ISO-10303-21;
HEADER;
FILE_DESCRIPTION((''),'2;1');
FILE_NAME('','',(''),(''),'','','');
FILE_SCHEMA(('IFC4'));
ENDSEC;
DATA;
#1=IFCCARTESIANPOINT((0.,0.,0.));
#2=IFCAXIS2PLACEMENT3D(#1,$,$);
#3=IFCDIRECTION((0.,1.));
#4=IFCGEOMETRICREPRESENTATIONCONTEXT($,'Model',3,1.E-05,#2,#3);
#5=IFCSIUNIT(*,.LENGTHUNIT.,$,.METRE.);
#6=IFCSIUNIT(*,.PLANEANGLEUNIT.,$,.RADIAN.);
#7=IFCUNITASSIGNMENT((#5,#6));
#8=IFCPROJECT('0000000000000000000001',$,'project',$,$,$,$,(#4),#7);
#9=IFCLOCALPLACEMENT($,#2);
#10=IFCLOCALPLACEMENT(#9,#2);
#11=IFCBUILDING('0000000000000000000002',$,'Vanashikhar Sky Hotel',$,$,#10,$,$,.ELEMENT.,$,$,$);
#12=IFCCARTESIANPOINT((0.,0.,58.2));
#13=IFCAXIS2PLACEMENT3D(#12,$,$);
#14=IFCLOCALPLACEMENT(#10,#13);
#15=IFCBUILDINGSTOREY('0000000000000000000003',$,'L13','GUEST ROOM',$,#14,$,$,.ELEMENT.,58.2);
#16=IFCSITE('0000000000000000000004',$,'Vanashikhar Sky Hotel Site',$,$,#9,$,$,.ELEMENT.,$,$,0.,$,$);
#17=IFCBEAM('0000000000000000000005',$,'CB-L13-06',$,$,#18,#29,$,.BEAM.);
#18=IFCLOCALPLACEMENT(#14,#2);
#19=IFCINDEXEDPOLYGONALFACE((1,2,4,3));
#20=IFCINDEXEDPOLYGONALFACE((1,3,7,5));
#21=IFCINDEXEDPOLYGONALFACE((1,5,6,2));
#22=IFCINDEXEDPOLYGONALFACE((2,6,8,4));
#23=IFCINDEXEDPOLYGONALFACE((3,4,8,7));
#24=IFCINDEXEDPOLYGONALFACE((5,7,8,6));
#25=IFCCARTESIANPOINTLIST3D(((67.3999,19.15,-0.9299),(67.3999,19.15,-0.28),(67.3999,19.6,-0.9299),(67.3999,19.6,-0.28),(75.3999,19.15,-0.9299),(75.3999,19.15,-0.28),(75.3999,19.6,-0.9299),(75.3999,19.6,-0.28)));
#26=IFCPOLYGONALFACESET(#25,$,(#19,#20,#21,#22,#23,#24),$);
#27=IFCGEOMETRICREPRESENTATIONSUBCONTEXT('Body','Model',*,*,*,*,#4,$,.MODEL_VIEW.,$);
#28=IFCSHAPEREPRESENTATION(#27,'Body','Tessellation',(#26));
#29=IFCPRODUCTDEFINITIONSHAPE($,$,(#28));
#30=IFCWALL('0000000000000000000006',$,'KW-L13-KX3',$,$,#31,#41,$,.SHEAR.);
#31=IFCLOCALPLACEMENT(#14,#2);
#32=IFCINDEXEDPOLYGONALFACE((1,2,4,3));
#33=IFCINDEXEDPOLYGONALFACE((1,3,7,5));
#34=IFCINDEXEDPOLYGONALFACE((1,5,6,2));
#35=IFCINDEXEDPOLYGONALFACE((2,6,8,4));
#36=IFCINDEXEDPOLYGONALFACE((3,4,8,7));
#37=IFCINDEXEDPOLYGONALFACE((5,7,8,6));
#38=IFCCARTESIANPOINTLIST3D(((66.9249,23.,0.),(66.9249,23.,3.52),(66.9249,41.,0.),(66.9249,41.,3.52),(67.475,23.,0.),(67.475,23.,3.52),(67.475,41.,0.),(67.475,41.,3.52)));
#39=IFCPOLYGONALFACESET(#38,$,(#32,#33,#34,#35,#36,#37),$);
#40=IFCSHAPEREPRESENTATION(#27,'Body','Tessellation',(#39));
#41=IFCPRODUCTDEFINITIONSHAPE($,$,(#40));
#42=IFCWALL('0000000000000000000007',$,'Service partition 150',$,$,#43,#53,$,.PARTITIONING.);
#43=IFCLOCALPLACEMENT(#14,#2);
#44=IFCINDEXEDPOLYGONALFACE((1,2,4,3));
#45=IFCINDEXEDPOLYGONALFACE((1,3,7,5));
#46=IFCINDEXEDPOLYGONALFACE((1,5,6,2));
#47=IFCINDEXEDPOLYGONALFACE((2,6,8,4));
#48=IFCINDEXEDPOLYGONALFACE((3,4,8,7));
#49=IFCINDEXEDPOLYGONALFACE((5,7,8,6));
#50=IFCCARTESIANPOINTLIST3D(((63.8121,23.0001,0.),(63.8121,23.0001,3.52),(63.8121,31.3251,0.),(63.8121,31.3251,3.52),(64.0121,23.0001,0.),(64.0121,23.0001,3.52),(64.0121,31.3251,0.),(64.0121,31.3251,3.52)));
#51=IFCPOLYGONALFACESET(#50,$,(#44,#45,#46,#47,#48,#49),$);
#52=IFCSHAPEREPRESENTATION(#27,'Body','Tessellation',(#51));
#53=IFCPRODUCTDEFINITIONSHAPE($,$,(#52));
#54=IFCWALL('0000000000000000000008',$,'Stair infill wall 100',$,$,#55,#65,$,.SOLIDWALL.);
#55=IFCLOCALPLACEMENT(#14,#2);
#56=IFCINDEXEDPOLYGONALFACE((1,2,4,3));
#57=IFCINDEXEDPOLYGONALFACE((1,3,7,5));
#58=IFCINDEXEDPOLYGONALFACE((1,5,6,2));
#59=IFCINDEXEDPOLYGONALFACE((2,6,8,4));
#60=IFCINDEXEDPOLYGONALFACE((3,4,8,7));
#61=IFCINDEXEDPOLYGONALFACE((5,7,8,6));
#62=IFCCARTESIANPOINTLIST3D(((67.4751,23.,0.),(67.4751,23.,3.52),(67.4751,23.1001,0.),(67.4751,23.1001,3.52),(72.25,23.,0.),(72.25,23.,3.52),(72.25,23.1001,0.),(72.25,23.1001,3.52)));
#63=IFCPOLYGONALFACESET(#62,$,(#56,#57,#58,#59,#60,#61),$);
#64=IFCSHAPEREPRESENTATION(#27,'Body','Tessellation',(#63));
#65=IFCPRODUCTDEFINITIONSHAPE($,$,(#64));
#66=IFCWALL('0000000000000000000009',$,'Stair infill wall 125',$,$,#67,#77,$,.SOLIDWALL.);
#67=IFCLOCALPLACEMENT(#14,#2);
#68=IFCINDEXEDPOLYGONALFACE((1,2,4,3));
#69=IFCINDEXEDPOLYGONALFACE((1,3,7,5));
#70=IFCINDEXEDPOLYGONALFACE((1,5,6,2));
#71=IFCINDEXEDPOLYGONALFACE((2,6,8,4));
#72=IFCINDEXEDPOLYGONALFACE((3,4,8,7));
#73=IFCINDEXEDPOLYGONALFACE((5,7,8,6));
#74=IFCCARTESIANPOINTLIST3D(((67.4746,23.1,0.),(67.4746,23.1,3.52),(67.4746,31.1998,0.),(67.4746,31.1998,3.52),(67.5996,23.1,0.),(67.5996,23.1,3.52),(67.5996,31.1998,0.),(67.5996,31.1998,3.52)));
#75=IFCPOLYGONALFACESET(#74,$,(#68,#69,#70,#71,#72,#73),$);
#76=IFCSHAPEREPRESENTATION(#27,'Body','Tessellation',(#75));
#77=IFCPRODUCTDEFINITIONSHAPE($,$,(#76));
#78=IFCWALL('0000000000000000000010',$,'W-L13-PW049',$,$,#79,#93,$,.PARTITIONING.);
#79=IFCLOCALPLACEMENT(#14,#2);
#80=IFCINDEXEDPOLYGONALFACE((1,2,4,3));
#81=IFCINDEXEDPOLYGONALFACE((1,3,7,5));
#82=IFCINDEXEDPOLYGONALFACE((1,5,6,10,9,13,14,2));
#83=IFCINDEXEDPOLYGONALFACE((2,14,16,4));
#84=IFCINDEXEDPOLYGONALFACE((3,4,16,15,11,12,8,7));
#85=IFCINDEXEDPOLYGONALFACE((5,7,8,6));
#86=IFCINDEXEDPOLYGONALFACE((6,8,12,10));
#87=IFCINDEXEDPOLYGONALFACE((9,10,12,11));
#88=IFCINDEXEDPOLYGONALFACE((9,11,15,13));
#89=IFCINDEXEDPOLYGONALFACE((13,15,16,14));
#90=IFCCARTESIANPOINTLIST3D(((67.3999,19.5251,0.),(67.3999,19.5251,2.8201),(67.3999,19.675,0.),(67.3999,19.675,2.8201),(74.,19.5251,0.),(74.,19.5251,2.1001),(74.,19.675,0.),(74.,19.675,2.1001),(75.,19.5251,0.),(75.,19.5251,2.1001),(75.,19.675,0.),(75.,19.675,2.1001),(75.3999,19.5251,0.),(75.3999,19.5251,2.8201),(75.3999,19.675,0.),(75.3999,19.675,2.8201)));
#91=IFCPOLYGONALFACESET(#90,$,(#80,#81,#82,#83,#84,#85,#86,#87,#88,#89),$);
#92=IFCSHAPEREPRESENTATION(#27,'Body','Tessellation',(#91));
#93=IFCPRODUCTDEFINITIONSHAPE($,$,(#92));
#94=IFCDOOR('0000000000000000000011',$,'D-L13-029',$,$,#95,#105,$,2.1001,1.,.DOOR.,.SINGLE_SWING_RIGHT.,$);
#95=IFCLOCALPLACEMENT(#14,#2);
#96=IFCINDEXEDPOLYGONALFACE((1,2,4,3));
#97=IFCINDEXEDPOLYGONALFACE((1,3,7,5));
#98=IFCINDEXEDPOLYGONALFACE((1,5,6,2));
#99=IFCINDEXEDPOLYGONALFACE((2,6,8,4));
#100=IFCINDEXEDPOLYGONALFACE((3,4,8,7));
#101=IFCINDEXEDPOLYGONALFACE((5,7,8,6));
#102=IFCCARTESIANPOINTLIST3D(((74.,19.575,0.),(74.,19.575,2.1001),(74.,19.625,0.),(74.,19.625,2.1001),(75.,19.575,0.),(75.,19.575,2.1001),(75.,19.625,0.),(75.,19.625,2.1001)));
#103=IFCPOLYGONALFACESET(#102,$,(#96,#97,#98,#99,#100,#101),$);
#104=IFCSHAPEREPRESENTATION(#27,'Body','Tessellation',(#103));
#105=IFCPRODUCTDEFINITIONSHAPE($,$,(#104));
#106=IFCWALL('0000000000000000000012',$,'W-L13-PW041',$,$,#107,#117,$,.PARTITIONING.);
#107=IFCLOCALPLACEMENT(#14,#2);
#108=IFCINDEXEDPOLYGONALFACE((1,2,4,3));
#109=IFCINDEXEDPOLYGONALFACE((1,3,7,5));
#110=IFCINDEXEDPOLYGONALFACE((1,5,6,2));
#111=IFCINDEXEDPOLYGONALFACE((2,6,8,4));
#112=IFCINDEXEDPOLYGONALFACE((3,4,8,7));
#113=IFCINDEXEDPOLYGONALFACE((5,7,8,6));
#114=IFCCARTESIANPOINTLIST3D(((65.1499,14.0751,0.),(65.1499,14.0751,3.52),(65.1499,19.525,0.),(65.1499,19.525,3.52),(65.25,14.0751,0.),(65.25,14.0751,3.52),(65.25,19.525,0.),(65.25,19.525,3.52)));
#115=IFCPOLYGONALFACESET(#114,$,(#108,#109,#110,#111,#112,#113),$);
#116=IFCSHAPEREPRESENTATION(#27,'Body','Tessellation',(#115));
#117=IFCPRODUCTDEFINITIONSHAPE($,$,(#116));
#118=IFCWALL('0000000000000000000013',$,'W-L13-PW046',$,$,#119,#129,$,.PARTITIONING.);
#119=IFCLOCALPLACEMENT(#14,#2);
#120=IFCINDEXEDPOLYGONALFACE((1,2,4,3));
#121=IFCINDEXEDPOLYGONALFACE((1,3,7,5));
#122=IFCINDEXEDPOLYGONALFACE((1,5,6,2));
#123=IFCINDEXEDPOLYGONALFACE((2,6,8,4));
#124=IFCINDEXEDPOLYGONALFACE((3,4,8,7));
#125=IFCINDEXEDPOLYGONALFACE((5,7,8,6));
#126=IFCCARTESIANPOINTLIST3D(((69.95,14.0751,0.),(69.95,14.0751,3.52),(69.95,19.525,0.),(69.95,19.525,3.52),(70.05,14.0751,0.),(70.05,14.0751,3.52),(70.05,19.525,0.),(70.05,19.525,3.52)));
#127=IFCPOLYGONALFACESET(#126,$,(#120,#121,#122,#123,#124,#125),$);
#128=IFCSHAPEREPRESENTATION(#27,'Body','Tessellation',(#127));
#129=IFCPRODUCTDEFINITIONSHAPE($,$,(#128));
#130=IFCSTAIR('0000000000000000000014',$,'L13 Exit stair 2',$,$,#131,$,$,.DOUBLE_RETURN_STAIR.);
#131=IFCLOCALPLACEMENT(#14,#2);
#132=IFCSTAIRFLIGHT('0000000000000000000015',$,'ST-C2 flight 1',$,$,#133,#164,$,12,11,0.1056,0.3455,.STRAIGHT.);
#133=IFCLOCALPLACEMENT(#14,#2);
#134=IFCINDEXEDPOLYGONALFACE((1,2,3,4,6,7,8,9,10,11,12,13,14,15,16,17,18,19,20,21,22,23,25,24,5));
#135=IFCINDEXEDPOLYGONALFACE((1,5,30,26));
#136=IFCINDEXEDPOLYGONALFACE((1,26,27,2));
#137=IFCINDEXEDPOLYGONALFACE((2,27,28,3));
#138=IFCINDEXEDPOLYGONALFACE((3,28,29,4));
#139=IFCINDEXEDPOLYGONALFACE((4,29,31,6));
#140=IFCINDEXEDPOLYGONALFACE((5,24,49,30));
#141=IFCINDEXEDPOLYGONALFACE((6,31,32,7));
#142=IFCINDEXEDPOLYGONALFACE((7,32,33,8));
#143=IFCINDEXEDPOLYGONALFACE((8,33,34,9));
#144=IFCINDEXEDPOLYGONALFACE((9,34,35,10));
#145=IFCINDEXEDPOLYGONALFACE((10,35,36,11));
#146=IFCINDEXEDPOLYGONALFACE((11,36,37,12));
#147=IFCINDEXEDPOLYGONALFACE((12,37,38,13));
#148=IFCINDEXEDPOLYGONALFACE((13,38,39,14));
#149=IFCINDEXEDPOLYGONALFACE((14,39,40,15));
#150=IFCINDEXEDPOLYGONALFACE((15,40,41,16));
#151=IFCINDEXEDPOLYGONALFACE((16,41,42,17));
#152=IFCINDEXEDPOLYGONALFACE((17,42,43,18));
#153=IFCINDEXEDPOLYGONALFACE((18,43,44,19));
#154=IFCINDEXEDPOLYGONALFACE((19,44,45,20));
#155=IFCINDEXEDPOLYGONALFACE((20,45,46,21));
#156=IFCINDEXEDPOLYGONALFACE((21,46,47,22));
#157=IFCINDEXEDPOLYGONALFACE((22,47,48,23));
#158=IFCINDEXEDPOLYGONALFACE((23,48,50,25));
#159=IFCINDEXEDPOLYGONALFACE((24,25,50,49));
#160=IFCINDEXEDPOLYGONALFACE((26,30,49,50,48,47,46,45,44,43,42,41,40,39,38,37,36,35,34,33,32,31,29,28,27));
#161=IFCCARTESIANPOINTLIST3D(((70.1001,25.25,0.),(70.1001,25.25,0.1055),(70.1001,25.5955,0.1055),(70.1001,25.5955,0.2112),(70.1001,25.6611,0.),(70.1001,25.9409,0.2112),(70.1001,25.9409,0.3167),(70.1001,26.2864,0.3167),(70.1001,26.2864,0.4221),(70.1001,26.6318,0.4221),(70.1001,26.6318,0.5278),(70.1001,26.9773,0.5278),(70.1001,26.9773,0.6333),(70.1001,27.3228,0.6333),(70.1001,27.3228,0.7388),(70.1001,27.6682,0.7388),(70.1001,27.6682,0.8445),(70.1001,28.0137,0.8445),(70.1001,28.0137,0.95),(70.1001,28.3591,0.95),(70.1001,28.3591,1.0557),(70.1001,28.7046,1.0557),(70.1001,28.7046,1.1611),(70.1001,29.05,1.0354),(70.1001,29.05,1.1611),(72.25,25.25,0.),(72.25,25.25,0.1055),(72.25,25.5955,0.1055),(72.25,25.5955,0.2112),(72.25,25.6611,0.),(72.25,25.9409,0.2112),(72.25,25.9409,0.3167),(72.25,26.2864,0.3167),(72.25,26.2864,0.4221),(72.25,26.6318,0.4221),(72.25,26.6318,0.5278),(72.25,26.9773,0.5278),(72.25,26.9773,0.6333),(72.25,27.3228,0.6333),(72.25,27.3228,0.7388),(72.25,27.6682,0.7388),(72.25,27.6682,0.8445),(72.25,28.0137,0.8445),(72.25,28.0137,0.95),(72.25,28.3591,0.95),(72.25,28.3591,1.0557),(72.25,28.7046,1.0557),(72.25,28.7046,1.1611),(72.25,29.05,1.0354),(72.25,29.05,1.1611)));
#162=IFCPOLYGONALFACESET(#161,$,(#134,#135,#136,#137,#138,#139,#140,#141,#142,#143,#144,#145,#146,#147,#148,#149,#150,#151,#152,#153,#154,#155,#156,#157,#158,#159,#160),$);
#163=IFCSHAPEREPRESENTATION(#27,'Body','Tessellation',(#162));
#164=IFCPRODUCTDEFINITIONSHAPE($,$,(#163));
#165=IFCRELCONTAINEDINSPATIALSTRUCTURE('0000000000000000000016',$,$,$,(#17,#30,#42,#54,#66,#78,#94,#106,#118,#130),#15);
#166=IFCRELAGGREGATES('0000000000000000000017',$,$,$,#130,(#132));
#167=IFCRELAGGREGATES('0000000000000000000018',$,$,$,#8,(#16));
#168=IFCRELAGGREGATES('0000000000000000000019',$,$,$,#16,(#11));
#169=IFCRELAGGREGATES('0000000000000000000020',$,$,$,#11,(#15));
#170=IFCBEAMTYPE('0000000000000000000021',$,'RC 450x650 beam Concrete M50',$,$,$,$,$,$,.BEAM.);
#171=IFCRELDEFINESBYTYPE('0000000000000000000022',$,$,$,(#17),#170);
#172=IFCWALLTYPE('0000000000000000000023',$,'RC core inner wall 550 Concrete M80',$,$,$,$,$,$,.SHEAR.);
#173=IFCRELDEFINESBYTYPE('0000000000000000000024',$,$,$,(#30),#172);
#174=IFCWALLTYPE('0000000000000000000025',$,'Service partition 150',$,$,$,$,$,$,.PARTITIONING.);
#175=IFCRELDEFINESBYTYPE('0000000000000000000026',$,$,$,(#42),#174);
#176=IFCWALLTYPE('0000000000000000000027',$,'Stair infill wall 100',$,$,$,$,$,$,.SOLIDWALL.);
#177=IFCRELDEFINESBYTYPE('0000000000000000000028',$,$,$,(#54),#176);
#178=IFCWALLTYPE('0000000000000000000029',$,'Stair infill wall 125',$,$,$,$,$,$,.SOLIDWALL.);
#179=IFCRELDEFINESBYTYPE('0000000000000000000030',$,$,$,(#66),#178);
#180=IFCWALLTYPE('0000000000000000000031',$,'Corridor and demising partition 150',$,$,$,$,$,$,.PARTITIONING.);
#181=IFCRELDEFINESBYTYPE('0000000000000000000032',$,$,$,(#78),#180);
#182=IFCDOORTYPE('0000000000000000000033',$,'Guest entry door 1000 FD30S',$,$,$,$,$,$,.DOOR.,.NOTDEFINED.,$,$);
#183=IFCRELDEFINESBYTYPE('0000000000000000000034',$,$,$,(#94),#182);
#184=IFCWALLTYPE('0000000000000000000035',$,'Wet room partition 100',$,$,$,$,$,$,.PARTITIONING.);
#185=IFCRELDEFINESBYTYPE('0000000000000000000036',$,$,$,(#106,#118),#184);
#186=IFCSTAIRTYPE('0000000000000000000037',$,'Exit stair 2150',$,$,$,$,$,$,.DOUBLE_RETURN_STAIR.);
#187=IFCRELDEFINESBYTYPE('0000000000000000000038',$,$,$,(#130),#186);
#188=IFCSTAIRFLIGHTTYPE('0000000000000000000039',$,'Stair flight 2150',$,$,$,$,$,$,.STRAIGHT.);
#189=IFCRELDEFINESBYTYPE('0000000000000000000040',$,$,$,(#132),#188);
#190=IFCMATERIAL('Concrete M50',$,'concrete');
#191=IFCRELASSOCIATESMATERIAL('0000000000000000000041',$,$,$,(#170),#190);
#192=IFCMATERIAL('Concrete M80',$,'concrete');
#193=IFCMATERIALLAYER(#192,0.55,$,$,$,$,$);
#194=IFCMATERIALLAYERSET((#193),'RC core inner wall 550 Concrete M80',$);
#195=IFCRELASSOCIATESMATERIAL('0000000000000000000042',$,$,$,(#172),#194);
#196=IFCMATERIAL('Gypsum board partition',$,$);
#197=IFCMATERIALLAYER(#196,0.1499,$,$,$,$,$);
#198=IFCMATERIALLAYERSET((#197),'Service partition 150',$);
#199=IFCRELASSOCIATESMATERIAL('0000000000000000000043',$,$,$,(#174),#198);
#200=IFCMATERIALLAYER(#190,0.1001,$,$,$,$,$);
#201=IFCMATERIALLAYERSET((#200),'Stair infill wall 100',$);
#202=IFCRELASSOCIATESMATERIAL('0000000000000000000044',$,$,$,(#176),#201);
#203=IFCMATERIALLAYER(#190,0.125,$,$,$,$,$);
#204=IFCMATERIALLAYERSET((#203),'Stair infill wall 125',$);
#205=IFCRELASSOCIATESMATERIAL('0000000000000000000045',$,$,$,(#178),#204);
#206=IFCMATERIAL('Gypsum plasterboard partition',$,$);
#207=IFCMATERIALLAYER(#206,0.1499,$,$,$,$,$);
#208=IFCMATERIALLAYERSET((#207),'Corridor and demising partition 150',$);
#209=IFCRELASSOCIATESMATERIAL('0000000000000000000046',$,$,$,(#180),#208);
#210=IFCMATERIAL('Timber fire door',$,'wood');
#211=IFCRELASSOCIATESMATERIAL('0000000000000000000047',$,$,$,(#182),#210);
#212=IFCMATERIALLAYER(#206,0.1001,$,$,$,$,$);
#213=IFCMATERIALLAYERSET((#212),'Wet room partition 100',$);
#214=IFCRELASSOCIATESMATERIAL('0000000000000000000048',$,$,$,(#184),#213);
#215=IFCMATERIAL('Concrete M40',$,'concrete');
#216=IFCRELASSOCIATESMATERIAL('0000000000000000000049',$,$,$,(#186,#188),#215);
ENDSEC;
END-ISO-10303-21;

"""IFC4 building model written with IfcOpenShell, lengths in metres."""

from ifc_helpers import new_model, si_unit, direction, frame, frame_2d, origin, origin_2d, place, context, subcontext, project, spatial, polyline, rectangle, outline, extrude, source, transform, mapped, material, layer, layer_set, material_profile, profile_set, type_object, element, fill, aggregate, save


model = new_model("IFC4")

# Units and contexts
model_context = context("Model", 3, precision=1e-05, world=origin(), true_north=direction((0.0, 1.0)))
body_context = subcontext(model_context, "Body", "Model", "MODEL_VIEW")
ifc_project = project(units=[si_unit("LENGTHUNIT", "METRE"), si_unit("PLANEANGLEUNIT", "RADIAN")], contexts=[model_context])

# Site, building, storey
site_placement = place(None, origin())
site = spatial("IfcSite", under=ifc_project, at=site_placement, Name="Vanashikhar Sky Hotel Site", CompositionType="ELEMENT", RefElevation=0.0)
building_placement = place(site_placement, origin())
building = spatial("IfcBuilding", under=site, at=building_placement, Name="Vanashikhar Sky Hotel", CompositionType="ELEMENT")
storey_placement = place(building_placement, frame((0.0, 0.0, 58.2)))
storey = spatial("IfcBuildingStorey", under=building, at=storey_placement, Name="L13", Description="GUEST ROOM", CompositionType="ELEMENT", Elevation=58.2)

# Beam
ifc_material_1 = material(Name="Concrete M50", Category="concrete")
ifc_material_profile = material_profile(ifc_material_1, rectangle(XDim=0.45, YDim=0.6499, at=origin_2d()))
ifc_profile_set = profile_set([ifc_material_profile], Name="RC 450x650 beam Concrete M50")
beam_type = type_object("IfcBeamType", Name="RC 450x650 beam Concrete M50", PredefinedType="BEAM", material=ifc_profile_set)
shared_shape_1 = source(origin(), body_context, "Body", "SweptSolid", [
    extrude(rectangle(XDim=0.45, YDim=0.6499, at=origin_2d()), origin(), (0.0, 0.0, 1.0), 8.0),
])
beam_placement = place(storey_placement, frame((67.3999, 19.375, -0.605), z_axis=(1.0, 0.0, 0.0), x_axis=(0.0, 1.0, 0.0)))
element("IfcBeam", 1, at=beam_placement, inside=storey, type_object=beam_type, Name="CB-L13-06", PredefinedType="BEAM", context=body_context, shape_type="MappedRepresentation", body=[
    mapped(shared_shape_1, transform((0.0, 0.0, 0.0), scale=1.0)),
])

# Walls
ifc_material_2 = material(Name="Concrete M80", Category="concrete")
ifc_layer_1 = layer(ifc_material_2, 0.55)
ifc_layer_set_1 = layer_set([ifc_layer_1], Name="RC core inner wall 550 Concrete M80")
wall_type_1 = type_object("IfcWallType", Name="RC core inner wall 550 Concrete M80", PredefinedType="SHEAR", material=ifc_layer_set_1)
shared_shape_2 = source(origin(), body_context, "Body", "SweptSolid", [
    extrude(rectangle(XDim=18.0, YDim=0.55, at=frame_2d((9.0, 0.0))), origin(), (0.0, 0.0, 1.0), 3.52),
])
wall_1_placement = place(storey_placement, frame((67.2, 23.0, 0.0), z_axis=(0.0, 0.0, 1.0), x_axis=(0.0, 1.0, 0.0)))
element("IfcWall", 2, at=wall_1_placement, inside=storey, type_object=wall_type_1, Name="KW-L13-KX3", PredefinedType="SHEAR", context=body_context, shape_type="MappedRepresentation", body=[
    mapped(shared_shape_2, transform((0.0, 0.0, 0.0), scale=1.0)),
])
ifc_material_3 = material(Name="Gypsum board partition")
ifc_layer_2 = layer(ifc_material_3, 0.1499)
ifc_layer_set_2 = layer_set([ifc_layer_2], Name="Service partition 150")
wall_type_2 = type_object("IfcWallType", Name="Service partition 150", PredefinedType="PARTITIONING", material=ifc_layer_set_2)
shared_shape_3 = source(origin(), body_context, "Body", "SweptSolid", [
    extrude(rectangle(XDim=8.325, YDim=0.2, at=frame_2d((4.1626, 0.0))), origin(), (0.0, 0.0, 1.0), 3.52),
])
wall_2_placement = place(storey_placement, frame((63.9121, 23.0, 0.0), z_axis=(0.0, 0.0, 1.0), x_axis=(0.0, 1.0, 0.0)))
element("IfcWall", 3, at=wall_2_placement, inside=storey, type_object=wall_type_2, Name="Service partition 150", PredefinedType="PARTITIONING", context=body_context, shape_type="MappedRepresentation", body=[
    mapped(shared_shape_3, transform((0.0, 0.0, 0.0), scale=1.0)),
])
ifc_layer_3 = layer(ifc_material_1, 0.1001)
ifc_layer_set_3 = layer_set([ifc_layer_3], Name="Stair infill wall 100")
wall_type_3 = type_object("IfcWallType", Name="Stair infill wall 100", PredefinedType="SOLIDWALL", material=ifc_layer_set_3)
shared_shape_4 = source(origin(), body_context, "Body", "SweptSolid", [
    extrude(rectangle(XDim=4.7749, YDim=0.1001, at=frame_2d((2.3875, 0.0))), origin(), (0.0, 0.0, 1.0), 3.52),
])
wall_3_placement = place(storey_placement, frame((67.4751, 23.05, 0.0), z_axis=(0.0, 0.0, 1.0), x_axis=(1.0, 0.0, 0.0)))
element("IfcWall", 4, at=wall_3_placement, inside=storey, type_object=wall_type_3, Name="Stair infill wall 100", PredefinedType="SOLIDWALL", context=body_context, shape_type="MappedRepresentation", body=[
    mapped(shared_shape_4, transform((0.0, 0.0, 0.0), scale=1.0)),
])
ifc_layer_4 = layer(ifc_material_1, 0.125)
ifc_layer_set_4 = layer_set([ifc_layer_4], Name="Stair infill wall 125")
wall_type_4 = type_object("IfcWallType", Name="Stair infill wall 125", PredefinedType="SOLIDWALL", material=ifc_layer_set_4)
shared_shape_5 = source(origin(), body_context, "Body", "SweptSolid", [
    extrude(rectangle(XDim=8.0999, YDim=0.125, at=frame_2d((4.0498, 0.0))), origin(), (0.0, 0.0, 1.0), 3.52),
])
wall_4_placement = place(storey_placement, frame((67.5371, 23.1001, 0.0), z_axis=(0.0, 0.0, 1.0), x_axis=(0.0, 1.0, 0.0)))
element("IfcWall", 5, at=wall_4_placement, inside=storey, type_object=wall_type_4, Name="Stair infill wall 125", PredefinedType="SOLIDWALL", context=body_context, shape_type="MappedRepresentation", body=[
    mapped(shared_shape_5, transform((0.0, 0.0, 0.0), scale=1.0)),
])

# Wall, opening, door
ifc_material_4 = material(Name="Gypsum plasterboard partition")
ifc_layer_5 = layer(ifc_material_4, 0.1499)
ifc_layer_set_5 = layer_set([ifc_layer_5], Name="Corridor and demising partition 150")
wall_type_5 = type_object("IfcWallType", Name="Corridor and demising partition 150", PredefinedType="PARTITIONING", material=ifc_layer_set_5)
shared_shape_6 = source(origin(), body_context, "Body", "SweptSolid", [
    extrude(rectangle(XDim=8.0, YDim=0.1499, at=frame_2d((4.0, 0.0))), origin(), (0.0, 0.0, 1.0), 2.8201),
])
wall_5_placement = place(storey_placement, frame((67.3999, 19.6001, 0.0), z_axis=(0.0, 0.0, 1.0), x_axis=(1.0, 0.0, 0.0)))
wall_5 = element("IfcWall", 6, at=wall_5_placement, inside=storey, type_object=wall_type_5, Name="W-L13-PW049", PredefinedType="PARTITIONING", context=body_context, shape_type="MappedRepresentation", body=[
    mapped(shared_shape_6, transform((0.0, 0.0, 0.0), scale=1.0)),
])
shared_shape_7 = source(origin(), body_context, "Body", "SweptSolid", [
    extrude(rectangle(XDim=1.0, YDim=2.1001, at=frame_2d((0.5, 1.05))), frame((0.0, 0.085, 0.0), z_axis=(0.0, -1.0, 0.0), x_axis=(1.0, 0.0, 0.0)), (0.0, 0.0, 1.0), 0.1699),
])
opening_placement = place(wall_5_placement, frame((6.6001, 0.0, 0.0)))
opening = element("IfcOpeningElement", 7, at=opening_placement, cuts=wall_5, PredefinedType="OPENING", context=body_context, shape_type="MappedRepresentation", body=[
    mapped(shared_shape_7, transform((0.0, 0.0, 0.0), scale=1.0)),
])
ifc_material_5 = material(Name="Timber fire door", Category="wood")
door_type = type_object("IfcDoorType", Name="Guest entry door 1000 FD30S", OperationType="NOTDEFINED", PredefinedType="DOOR", material=ifc_material_5)
shared_shape_8 = source(origin(), body_context, "Body", "SweptSolid", [
    extrude(rectangle(XDim=1.0, YDim=2.1001, at=frame_2d((0.5, 1.05))), frame((0.0, 0.0249, 0.0), z_axis=(0.0, -1.0, 0.0), x_axis=(1.0, 0.0, 0.0)), (0.0, 0.0, 1.0), 0.05),
])
door_placement = place(opening_placement, origin())
door = element("IfcDoor", 8, at=door_placement, inside=storey, type_object=door_type, Name="D-L13-029", OperationType="SINGLE_SWING_RIGHT", OverallHeight=2.1001, OverallWidth=1.0, PredefinedType="DOOR", context=body_context, shape_type="MappedRepresentation", body=[
    mapped(shared_shape_8, transform((0.0, 0.0, 0.0), scale=1.0)),
])
fill(opening, door)

# Walls
ifc_layer_6 = layer(ifc_material_4, 0.1001)
ifc_layer_set_6 = layer_set([ifc_layer_6], Name="Wet room partition 100")
wall_type_6 = type_object("IfcWallType", Name="Wet room partition 100", PredefinedType="PARTITIONING", material=ifc_layer_set_6)
shared_shape_9 = source(origin(), body_context, "Body", "SweptSolid", [
    extrude(rectangle(XDim=5.45, YDim=0.1001, at=frame_2d((2.7251, 0.0))), origin(), (0.0, 0.0, 1.0), 3.52),
])
for number, where, z_axis, x_axis, name in (
    (9, (65.2, 14.075, 0.0), (0.0, 0.0, 1.0), (0.0, 1.0, 0.0), "W-L13-PW041"),
    (10, (70.0, 14.075, 0.0), (0.0, 0.0, 1.0), (0.0, 1.0, 0.0), "W-L13-PW046"),
):
    element("IfcWall", number, at=place(storey_placement, frame(where, z_axis=z_axis, x_axis=x_axis)), inside=storey, type_object=wall_type_6, Name=name, PredefinedType="PARTITIONING", context=body_context, shape_type="MappedRepresentation", body=[
        mapped(shared_shape_9, transform((0.0, 0.0, 0.0), scale=1.0)),
    ])

# Stair, stair flight
ifc_material_6 = material(Name="Concrete M40", Category="concrete")
stair_type = type_object("IfcStairType", Name="Exit stair 2150", PredefinedType="DOUBLE_RETURN_STAIR", material=ifc_material_6)
stair_placement = place(storey_placement, origin())
stair = element("IfcStair", 11, at=stair_placement, inside=storey, type_object=stair_type, Name="L13 Exit stair 2", PredefinedType="DOUBLE_RETURN_STAIR")
stair_flight_type = type_object("IfcStairFlightType", Name="Stair flight 2150", PredefinedType="STRAIGHT", material=ifc_material_6)
shared_shape_10 = source(origin(), body_context, "Body", "SweptSolid", [
    extrude(outline(polyline([(0.0, 0.0), (0.0, 0.1055), (0.3455, 0.1055), (0.3455, 0.2112), (0.6909, 0.2112), (0.6909, 0.3167), (1.0364, 0.3167), (1.0364, 0.4221), (1.3818, 0.4221), (1.3818, 0.5278), (1.7273, 0.5278), (1.7273, 0.6333), (2.0728, 0.6333), (2.0728, 0.7388), (2.4182, 0.7388), (2.4182, 0.8445), (2.7637, 0.8445), (2.7637, 0.95), (3.1091, 0.95), (3.1091, 1.0557), (3.4546, 1.0557), (3.4546, 1.1611), (3.8, 1.1611), (3.8, 1.2666), (3.8, 1.0354), (0.4111, 0.0), (0.0, 0.0)])), frame((0.0, 1.075, 0.0), z_axis=(0.0, -1.0, 0.0), x_axis=(1.0, 0.0, 0.0)), (0.0, 0.0, 1.0), 2.1499),
])
stair_flight_1_placement = place(storey_placement, frame((71.175, 25.25, 0.0), z_axis=(0.0, 0.0, 1.0), x_axis=(0.0, 1.0, 0.0)))
stair_flight_1 = element("IfcStairFlight", 12, at=stair_flight_1_placement, type_object=stair_flight_type, Name="ST-C2 flight 1", NumberOfRisers=12, NumberOfTreads=11, PredefinedType="STRAIGHT", RiserHeight=0.1056, TreadLength=0.3455, context=body_context, shape_type="MappedRepresentation", body=[
    mapped(shared_shape_10, transform((0.0, 0.0, 0.0), scale=1.0)),
])
aggregate(stair, [stair_flight_1])

save(model, "model.ifc")
